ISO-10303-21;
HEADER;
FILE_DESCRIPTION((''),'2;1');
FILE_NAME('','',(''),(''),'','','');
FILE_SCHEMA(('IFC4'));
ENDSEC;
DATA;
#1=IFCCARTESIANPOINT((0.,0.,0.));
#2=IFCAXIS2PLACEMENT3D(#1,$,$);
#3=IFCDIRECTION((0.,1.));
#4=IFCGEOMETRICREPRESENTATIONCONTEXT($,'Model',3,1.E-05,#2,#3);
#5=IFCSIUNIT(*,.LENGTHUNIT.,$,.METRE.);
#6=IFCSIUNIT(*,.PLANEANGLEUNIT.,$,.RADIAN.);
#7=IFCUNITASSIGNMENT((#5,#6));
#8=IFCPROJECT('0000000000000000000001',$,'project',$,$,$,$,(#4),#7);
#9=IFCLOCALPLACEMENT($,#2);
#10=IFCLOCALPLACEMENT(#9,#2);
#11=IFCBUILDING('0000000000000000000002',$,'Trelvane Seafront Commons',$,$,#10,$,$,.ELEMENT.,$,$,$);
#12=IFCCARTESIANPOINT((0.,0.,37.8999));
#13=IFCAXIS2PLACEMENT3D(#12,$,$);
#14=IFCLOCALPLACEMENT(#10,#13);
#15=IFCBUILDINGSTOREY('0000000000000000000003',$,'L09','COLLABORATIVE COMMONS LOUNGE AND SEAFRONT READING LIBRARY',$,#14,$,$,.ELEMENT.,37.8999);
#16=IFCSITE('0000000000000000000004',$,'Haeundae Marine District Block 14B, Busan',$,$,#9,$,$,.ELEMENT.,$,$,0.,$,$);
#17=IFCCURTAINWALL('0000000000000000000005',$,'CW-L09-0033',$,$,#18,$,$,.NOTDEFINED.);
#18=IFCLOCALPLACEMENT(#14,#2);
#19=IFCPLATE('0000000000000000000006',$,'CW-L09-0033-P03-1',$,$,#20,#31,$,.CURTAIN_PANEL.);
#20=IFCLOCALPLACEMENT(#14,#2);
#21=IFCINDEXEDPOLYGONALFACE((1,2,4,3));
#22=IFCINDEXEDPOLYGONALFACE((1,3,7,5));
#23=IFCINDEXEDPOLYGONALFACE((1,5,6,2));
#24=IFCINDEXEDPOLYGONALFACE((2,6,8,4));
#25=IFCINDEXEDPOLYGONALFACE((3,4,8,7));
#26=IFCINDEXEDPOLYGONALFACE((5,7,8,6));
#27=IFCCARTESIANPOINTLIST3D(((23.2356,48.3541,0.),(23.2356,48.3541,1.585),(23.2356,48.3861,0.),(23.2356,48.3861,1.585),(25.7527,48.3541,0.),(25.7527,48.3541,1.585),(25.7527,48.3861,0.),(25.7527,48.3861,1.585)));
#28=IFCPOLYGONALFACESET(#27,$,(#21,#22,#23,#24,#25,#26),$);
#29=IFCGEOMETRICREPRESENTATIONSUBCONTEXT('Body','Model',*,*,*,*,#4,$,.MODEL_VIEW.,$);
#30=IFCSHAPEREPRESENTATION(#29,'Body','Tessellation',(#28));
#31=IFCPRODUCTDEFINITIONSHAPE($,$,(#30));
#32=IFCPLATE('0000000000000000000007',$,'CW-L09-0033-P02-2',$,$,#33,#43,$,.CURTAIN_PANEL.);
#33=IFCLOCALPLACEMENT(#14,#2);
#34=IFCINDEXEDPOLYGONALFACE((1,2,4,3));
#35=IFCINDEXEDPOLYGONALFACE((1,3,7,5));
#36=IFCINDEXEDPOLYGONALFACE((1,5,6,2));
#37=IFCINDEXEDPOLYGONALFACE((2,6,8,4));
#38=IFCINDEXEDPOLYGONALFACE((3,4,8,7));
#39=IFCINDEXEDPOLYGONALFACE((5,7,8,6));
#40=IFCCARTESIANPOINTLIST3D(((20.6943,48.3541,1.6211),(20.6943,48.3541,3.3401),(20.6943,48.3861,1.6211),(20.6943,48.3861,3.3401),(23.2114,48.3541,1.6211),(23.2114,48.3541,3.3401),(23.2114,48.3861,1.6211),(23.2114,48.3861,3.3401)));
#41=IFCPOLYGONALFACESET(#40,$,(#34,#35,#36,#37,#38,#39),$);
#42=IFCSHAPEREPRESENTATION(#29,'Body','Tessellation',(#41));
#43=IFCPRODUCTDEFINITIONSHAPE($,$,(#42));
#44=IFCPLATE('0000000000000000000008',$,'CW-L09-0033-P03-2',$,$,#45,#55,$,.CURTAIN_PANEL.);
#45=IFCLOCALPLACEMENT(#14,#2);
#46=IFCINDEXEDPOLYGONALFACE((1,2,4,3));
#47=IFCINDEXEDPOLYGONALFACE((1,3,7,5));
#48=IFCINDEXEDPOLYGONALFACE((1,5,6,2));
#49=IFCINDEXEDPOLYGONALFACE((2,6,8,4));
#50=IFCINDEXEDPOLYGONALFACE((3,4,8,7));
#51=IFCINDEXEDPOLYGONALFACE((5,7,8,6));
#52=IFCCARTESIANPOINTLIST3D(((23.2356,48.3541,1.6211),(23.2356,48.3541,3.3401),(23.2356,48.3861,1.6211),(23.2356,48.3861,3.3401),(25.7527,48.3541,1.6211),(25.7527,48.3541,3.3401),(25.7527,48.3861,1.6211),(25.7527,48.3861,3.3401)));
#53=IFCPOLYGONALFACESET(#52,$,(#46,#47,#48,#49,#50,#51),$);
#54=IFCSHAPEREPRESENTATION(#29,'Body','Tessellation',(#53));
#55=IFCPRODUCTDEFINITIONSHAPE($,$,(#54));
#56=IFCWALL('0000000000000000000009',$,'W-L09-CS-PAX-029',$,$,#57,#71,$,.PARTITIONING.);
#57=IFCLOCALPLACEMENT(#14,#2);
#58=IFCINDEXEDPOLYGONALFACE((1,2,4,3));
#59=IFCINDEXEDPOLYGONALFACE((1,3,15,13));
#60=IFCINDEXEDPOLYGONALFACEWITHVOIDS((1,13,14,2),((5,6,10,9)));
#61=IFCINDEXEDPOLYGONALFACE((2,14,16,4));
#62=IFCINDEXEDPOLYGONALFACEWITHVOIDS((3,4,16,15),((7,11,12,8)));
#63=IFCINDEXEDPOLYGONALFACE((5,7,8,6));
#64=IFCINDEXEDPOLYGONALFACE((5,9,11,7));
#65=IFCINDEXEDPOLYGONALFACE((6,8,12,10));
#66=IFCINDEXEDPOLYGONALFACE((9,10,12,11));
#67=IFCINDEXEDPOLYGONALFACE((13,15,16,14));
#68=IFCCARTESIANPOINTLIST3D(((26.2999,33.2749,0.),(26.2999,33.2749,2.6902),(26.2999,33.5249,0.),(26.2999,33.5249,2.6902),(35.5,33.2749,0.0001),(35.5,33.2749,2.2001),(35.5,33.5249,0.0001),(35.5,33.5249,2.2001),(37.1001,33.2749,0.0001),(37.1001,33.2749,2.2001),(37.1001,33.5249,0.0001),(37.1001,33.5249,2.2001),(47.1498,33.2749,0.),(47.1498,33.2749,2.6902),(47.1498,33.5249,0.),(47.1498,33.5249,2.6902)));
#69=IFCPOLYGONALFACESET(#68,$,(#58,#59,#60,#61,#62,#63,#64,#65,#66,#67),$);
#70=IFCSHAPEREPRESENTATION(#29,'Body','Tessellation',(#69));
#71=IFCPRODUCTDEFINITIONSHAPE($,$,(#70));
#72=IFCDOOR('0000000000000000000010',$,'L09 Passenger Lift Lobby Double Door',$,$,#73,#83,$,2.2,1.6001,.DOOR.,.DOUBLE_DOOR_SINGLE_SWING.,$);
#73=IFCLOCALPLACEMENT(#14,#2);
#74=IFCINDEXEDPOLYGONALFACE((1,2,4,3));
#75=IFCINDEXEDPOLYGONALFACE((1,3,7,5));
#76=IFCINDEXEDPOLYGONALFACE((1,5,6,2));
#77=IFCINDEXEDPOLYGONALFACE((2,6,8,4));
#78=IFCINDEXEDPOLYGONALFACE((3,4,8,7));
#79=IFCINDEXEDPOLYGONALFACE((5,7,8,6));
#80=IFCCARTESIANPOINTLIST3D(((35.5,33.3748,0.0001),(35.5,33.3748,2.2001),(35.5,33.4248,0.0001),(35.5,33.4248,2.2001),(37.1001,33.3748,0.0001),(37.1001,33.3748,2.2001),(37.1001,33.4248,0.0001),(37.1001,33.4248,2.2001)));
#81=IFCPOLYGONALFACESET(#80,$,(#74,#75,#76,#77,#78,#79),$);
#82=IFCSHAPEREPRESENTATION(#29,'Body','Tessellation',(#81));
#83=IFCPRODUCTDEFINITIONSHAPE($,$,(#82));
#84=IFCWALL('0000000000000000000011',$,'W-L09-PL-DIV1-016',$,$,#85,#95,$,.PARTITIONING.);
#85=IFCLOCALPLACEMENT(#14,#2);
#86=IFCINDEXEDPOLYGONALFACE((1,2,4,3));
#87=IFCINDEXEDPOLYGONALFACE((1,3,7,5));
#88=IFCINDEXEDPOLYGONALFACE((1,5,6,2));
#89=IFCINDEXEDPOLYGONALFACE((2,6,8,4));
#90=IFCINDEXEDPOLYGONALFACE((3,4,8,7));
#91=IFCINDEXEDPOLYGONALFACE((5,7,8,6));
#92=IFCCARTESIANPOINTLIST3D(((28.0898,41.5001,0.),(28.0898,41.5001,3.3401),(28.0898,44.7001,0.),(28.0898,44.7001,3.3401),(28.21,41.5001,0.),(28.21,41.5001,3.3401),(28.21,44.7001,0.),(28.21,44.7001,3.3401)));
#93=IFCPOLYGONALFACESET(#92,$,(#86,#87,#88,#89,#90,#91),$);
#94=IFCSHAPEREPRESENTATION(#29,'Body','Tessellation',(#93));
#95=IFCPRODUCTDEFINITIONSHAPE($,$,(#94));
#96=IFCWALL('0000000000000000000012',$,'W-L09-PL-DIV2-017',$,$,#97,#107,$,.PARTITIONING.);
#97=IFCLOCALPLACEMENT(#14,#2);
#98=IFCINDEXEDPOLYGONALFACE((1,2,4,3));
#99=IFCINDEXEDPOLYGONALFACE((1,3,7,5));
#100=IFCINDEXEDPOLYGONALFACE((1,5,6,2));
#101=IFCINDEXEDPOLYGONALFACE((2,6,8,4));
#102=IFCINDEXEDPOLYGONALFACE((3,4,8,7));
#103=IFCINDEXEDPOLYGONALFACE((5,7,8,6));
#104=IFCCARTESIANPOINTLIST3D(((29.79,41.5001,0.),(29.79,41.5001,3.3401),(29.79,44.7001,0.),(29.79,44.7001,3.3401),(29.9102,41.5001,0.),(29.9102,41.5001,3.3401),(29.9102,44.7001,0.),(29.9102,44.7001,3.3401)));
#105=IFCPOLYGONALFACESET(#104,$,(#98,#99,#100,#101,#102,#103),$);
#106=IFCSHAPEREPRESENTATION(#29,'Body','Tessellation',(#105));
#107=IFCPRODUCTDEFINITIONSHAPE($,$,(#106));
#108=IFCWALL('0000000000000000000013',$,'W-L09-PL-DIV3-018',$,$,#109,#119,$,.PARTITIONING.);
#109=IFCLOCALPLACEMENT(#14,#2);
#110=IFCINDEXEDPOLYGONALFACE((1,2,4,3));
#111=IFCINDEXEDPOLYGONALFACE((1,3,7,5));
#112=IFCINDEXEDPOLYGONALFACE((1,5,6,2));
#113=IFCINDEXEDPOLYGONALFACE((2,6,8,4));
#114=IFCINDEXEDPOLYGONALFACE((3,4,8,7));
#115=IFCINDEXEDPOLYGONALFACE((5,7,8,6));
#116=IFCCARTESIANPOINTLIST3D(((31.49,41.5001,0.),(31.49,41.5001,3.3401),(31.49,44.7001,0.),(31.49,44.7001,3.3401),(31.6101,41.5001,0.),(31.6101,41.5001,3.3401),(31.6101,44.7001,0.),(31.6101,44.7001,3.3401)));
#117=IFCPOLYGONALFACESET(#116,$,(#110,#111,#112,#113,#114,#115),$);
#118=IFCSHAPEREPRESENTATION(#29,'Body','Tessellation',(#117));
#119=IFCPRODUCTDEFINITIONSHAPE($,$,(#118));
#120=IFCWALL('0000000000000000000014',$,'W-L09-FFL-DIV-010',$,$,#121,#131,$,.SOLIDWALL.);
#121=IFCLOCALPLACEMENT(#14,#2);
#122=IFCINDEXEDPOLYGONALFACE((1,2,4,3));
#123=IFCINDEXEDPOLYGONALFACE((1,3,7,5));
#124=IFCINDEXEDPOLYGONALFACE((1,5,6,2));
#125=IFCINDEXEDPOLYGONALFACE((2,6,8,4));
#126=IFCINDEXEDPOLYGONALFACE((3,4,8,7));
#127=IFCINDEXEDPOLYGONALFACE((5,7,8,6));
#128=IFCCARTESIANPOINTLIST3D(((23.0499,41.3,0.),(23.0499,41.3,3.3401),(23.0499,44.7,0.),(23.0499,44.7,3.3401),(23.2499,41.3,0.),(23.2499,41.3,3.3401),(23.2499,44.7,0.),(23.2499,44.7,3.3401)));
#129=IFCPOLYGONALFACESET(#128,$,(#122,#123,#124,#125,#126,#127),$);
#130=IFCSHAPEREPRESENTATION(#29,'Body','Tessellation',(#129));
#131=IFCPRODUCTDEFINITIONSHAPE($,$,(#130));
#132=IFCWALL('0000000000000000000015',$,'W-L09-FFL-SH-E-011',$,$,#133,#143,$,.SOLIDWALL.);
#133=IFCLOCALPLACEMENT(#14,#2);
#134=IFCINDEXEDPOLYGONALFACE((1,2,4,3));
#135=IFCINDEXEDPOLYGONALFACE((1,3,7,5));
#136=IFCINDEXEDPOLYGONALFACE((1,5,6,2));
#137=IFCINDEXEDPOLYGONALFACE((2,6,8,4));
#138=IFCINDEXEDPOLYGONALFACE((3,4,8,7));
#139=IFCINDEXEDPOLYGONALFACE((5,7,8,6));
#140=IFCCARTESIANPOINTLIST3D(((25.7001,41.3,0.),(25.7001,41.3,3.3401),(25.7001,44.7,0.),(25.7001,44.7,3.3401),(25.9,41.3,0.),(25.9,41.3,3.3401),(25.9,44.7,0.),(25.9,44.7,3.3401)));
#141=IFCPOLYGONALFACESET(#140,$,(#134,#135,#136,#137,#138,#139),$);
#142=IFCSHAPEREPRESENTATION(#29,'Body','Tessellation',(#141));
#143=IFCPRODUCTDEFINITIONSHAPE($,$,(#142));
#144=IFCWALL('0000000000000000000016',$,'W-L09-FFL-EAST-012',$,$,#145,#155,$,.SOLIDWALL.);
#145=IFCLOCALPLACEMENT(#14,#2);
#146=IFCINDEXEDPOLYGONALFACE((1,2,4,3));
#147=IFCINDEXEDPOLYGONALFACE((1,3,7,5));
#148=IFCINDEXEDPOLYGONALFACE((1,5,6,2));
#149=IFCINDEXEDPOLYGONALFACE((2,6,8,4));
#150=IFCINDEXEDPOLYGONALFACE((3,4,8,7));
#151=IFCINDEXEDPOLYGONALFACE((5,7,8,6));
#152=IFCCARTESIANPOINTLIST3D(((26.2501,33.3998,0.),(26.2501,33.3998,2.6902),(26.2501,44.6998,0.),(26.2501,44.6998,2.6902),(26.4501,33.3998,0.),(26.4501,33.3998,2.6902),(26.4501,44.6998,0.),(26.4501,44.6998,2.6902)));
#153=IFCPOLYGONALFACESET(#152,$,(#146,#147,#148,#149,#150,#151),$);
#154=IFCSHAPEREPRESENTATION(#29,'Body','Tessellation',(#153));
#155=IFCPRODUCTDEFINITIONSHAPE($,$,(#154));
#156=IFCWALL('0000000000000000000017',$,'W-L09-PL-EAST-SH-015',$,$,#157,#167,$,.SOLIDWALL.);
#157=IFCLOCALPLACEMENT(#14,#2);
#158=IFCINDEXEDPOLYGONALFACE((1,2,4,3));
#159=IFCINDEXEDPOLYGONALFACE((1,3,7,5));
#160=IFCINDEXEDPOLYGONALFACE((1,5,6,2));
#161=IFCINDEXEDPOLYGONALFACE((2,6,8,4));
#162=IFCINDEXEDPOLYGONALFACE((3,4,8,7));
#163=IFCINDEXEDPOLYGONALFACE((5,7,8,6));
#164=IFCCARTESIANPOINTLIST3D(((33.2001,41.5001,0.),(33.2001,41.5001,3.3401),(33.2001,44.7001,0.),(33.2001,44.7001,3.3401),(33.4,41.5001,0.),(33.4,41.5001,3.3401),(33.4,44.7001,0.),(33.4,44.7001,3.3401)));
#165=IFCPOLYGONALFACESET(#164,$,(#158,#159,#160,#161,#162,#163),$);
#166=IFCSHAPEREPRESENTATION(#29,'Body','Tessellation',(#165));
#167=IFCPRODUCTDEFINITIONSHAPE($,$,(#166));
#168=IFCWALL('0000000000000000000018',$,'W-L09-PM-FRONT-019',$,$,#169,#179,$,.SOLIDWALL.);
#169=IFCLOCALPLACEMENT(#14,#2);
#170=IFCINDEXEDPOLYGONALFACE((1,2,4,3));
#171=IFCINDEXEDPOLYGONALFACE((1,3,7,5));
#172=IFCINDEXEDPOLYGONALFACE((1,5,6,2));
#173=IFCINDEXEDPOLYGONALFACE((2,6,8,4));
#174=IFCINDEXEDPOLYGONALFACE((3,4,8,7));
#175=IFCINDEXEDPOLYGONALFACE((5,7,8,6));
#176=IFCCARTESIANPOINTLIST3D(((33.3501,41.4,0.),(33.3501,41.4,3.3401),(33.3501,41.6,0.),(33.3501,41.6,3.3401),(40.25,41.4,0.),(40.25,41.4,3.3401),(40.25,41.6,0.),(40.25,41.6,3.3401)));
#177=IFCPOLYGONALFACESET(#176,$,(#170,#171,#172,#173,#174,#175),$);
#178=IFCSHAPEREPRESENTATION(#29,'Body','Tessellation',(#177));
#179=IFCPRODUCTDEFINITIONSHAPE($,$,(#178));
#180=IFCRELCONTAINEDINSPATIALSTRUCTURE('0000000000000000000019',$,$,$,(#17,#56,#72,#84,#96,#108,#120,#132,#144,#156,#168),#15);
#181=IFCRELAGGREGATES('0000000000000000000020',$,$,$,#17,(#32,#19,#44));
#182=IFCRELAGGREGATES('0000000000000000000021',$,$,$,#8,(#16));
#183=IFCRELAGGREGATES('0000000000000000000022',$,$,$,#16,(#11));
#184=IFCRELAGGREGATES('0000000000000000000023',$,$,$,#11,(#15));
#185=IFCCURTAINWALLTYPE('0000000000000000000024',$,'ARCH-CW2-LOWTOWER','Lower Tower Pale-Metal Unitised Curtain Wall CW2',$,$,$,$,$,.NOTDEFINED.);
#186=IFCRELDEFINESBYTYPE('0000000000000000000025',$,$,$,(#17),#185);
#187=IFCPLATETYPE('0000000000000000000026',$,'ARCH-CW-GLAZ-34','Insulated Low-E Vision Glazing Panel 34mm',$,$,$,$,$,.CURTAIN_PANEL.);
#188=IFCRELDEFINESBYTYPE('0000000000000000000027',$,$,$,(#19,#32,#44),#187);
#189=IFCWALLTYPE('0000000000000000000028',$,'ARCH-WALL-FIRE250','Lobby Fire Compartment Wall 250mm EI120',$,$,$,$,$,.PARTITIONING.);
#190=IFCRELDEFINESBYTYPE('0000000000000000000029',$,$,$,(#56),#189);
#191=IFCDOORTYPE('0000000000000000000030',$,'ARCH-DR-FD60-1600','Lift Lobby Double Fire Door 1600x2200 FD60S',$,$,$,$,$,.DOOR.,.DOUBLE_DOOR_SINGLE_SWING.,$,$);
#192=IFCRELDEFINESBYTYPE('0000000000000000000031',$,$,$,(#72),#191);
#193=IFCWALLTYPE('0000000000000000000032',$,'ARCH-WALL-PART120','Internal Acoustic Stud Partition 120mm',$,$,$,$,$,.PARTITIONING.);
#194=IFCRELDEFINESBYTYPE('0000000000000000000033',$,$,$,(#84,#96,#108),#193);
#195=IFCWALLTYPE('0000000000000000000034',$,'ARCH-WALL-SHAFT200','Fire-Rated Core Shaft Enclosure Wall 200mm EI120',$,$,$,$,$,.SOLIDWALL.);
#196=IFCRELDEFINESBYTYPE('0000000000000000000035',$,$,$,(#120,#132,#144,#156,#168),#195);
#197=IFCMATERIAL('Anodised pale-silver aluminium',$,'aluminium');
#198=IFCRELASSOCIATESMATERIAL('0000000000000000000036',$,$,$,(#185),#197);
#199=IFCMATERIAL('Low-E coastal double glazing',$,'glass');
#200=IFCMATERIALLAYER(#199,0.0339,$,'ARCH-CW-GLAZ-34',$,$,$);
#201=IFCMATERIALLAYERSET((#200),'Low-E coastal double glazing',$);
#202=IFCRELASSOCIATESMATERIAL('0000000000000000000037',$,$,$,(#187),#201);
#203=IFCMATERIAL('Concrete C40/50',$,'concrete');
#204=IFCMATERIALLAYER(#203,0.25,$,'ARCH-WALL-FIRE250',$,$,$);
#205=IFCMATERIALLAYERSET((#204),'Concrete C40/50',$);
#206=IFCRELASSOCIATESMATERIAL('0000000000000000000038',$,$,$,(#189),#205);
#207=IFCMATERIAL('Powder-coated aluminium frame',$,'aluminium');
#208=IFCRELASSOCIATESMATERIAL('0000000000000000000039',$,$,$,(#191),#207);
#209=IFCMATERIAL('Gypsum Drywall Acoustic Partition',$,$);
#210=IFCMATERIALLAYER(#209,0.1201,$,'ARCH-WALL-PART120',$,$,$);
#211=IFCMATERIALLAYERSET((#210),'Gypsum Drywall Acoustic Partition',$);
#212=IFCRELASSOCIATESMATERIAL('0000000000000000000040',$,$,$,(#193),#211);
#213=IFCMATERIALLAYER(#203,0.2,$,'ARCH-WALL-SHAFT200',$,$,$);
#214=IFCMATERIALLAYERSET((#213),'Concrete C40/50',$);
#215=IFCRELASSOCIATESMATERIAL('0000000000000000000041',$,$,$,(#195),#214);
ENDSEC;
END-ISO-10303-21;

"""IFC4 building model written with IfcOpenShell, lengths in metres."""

from ifc_helpers import new_model, si_unit, direction, frame, frame_2d, origin, origin_2d, place, context, subcontext, project, spatial, rectangle, extrude, source, transform, mapped, material, layer, layer_set, type_object, element, fill, aggregate, save


model = new_model("IFC4")

# Units and contexts
model_context = context("Model", 3, precision=1e-05, world=origin(), true_north=direction((0.0, 1.0)))
body_context = subcontext(model_context, "Body", "Model", "MODEL_VIEW")
ifc_project = project(units=[si_unit("LENGTHUNIT", "METRE"), si_unit("PLANEANGLEUNIT", "RADIAN")], contexts=[model_context])

# Site, building, storey
site_placement = place(None, origin())
site = spatial("IfcSite", under=ifc_project, at=site_placement, Name="Haeundae Marine District Block 14B, Busan", CompositionType="ELEMENT", RefElevation=0.0)
building_placement = place(site_placement, origin())
building = spatial("IfcBuilding", under=site, at=building_placement, Name="Trelvane Seafront Commons", CompositionType="ELEMENT")
storey_placement = place(building_placement, frame((0.0, 0.0, 37.8999)))
storey = spatial("IfcBuildingStorey", under=building, at=storey_placement, Name="L09", Description="COLLABORATIVE COMMONS LOUNGE AND SEAFRONT READING LIBRARY", CompositionType="ELEMENT", Elevation=37.8999)

# Curtain wall, plates
ifc_material_1 = material(Name="Anodised pale-silver aluminium", Category="aluminium")
curtain_wall_type = type_object("IfcCurtainWallType", Name="ARCH-CW2-LOWTOWER", Description="Lower Tower Pale-Metal Unitised Curtain Wall CW2", PredefinedType="NOTDEFINED", material=ifc_material_1)
curtain_wall_placement = place(storey_placement, origin())
curtain_wall = element("IfcCurtainWall", 1, at=curtain_wall_placement, inside=storey, type_object=curtain_wall_type, Name="CW-L09-0033", PredefinedType="NOTDEFINED")
ifc_material_2 = material(Name="Low-E coastal double glazing", Category="glass")
ifc_layer_1 = layer(ifc_material_2, 0.0339, Name="ARCH-CW-GLAZ-34")
ifc_layer_set_1 = layer_set([ifc_layer_1], Name="Low-E coastal double glazing")
plate_type = type_object("IfcPlateType", Name="ARCH-CW-GLAZ-34", Description="Insulated Low-E Vision Glazing Panel 34mm", PredefinedType="CURTAIN_PANEL", material=ifc_layer_set_1)
shared_shape_1 = source(origin(), body_context, "Body", "SweptSolid", [
    extrude(rectangle(XDim=2.5171, YDim=0.032, at=origin_2d()), origin(), (0.0, 0.0, 1.0), 1.585),
])
plate_1_placement = place(storey_placement, frame((24.4941, 48.3701, 0.0), z_axis=(0.0, 0.0, 1.0), x_axis=(1.0, 0.0, 0.0)))
plate_1 = element("IfcPlate", 2, at=plate_1_placement, type_object=plate_type, Name="CW-L09-0033-P03-1", PredefinedType="CURTAIN_PANEL", context=body_context, shape_type="MappedRepresentation", body=[
    mapped(shared_shape_1, transform((0.0, 0.0, 0.0), x_axis=(1.0, 0.0, 0.0), y_axis=(0.0, 1.0, 0.0), z_axis=(0.0, 0.0, 1.0), scale=1.0)),
])
shared_shape_2 = source(origin(), body_context, "Body", "SweptSolid", [
    extrude(rectangle(XDim=2.5171, YDim=0.032, at=origin_2d()), origin(), (0.0, 0.0, 1.0), 1.719),
])
plate_2_placement = place(storey_placement, frame((21.9529, 48.3701, 1.6211), z_axis=(0.0, 0.0, 1.0), x_axis=(1.0, 0.0, 0.0)))
plate_2 = element("IfcPlate", 3, at=plate_2_placement, type_object=plate_type, Name="CW-L09-0033-P02-2", PredefinedType="CURTAIN_PANEL", context=body_context, shape_type="MappedRepresentation", body=[
    mapped(shared_shape_2, transform((0.0, 0.0, 0.0), x_axis=(1.0, 0.0, 0.0), y_axis=(0.0, 1.0, 0.0), z_axis=(0.0, 0.0, 1.0), scale=1.0)),
])
plate_3_placement = place(storey_placement, frame((24.4941, 48.3701, 1.6211), z_axis=(0.0, 0.0, 1.0), x_axis=(1.0, 0.0, 0.0)))
plate_3 = element("IfcPlate", 4, at=plate_3_placement, type_object=plate_type, Name="CW-L09-0033-P03-2", PredefinedType="CURTAIN_PANEL", context=body_context, shape_type="MappedRepresentation", body=[
    mapped(shared_shape_2, transform((0.0, 0.0, 0.0), x_axis=(1.0, 0.0, 0.0), y_axis=(0.0, 1.0, 0.0), z_axis=(0.0, 0.0, 1.0), scale=1.0)),
])
aggregate(curtain_wall, [plate_2, plate_1, plate_3])

# Wall, opening, door
ifc_material_3 = material(Name="Concrete C40/50", Category="concrete")
ifc_layer_2 = layer(ifc_material_3, 0.25, Name="ARCH-WALL-FIRE250")
ifc_layer_set_2 = layer_set([ifc_layer_2], Name="Concrete C40/50")
wall_type_1 = type_object("IfcWallType", Name="ARCH-WALL-FIRE250", Description="Lobby Fire Compartment Wall 250mm EI120", PredefinedType="PARTITIONING", material=ifc_layer_set_2)
wall_1_placement = place(storey_placement, frame((26.3, 33.3999, 0.0), z_axis=(0.0, 0.0, 1.0), x_axis=(1.0, 0.0, 0.0)))
wall_1 = element("IfcWall", 5, at=wall_1_placement, inside=storey, type_object=wall_type_1, Name="W-L09-CS-PAX-029", PredefinedType="PARTITIONING", context=body_context, shape_type="SweptSolid", body=[
    extrude(rectangle(XDim=20.8499, YDim=0.25, at=frame_2d((10.4248, 0.0))), origin(), (0.0, 0.0, 1.0), 2.6902),
])
opening_1_placement = place(wall_1_placement, frame((9.2, 0.0, 0.0)))
opening_1 = element("IfcOpeningElement", 6, at=opening_1_placement, cuts=wall_1, PredefinedType="OPENING", context=body_context, shape_type="SweptSolid", body=[
    extrude(rectangle(XDim=1.6001, YDim=2.2, at=frame_2d((0.8, 1.1001))), frame((0.0, 0.135, 0.0), z_axis=(0.0, -1.0, 0.0), x_axis=(1.0, 0.0, 0.0)), (0.0, 0.0, 1.0), 0.27),
])
ifc_material_4 = material(Name="Powder-coated aluminium frame", Category="aluminium")
door_type_1 = type_object("IfcDoorType", Name="ARCH-DR-FD60-1600", Description="Lift Lobby Double Fire Door 1600x2200 FD60S", OperationType="DOUBLE_DOOR_SINGLE_SWING", PredefinedType="DOOR", material=ifc_material_4)
shared_shape_3 = source(origin(), body_context, "Body", "SweptSolid", [
    extrude(rectangle(XDim=1.6001, YDim=2.2, at=frame_2d((0.8, 1.1001))), frame((0.0, 0.0249, 0.0), z_axis=(0.0, -1.0, 0.0), x_axis=(1.0, 0.0, 0.0)), (0.0, 0.0, 1.0), 0.05),
])
door_1_placement = place(opening_1_placement, origin())
door_1 = element("IfcDoor", 7, at=door_1_placement, inside=storey, type_object=door_type_1, Name="L09 Passenger Lift Lobby Double Door", OperationType="DOUBLE_DOOR_SINGLE_SWING", OverallHeight=2.2, OverallWidth=1.6001, PredefinedType="DOOR", context=body_context, shape_type="MappedRepresentation", body=[
    mapped(shared_shape_3, transform((0.0, 0.0, 0.0), x_axis=(1.0, 0.0, 0.0), y_axis=(0.0, 1.0, 0.0), z_axis=(0.0, 0.0, 1.0), scale=1.0)),
])
fill(opening_1, door_1)

# Walls
ifc_material_5 = material(Name="Gypsum Drywall Acoustic Partition")
ifc_layer_3 = layer(ifc_material_5, 0.1201, Name="ARCH-WALL-PART120")
ifc_layer_set_3 = layer_set([ifc_layer_3], Name="Gypsum Drywall Acoustic Partition")
wall_type_2 = type_object("IfcWallType", Name="ARCH-WALL-PART120", Description="Internal Acoustic Stud Partition 120mm", PredefinedType="PARTITIONING", material=ifc_layer_set_3)
for number, where, z_axis, x_axis, name in (
    (8, (28.1499, 41.5, 0.0), (0.0, 0.0, 1.0), (0.0, 1.0, 0.0), "W-L09-PL-DIV1-016"),
    (9, (29.8501, 41.5, 0.0), (0.0, 0.0, 1.0), (0.0, 1.0, 0.0), "W-L09-PL-DIV2-017"),
    (10, (31.55, 41.5, 0.0), (0.0, 0.0, 1.0), (0.0, 1.0, 0.0), "W-L09-PL-DIV3-018"),
):
    element("IfcWall", number, at=place(storey_placement, frame(where, z_axis=z_axis, x_axis=x_axis)), inside=storey, type_object=wall_type_2, Name=name, PredefinedType="PARTITIONING", context=body_context, shape_type="SweptSolid", body=[
        extrude(rectangle(XDim=3.2, YDim=0.1201, at=frame_2d((1.6001, 0.0))), origin(), (0.0, 0.0, 1.0), 3.3401),
    ])
ifc_layer_4 = layer(ifc_material_3, 0.2, Name="ARCH-WALL-SHAFT200")
ifc_layer_set_4 = layer_set([ifc_layer_4], Name="Concrete C40/50")
wall_type_3 = type_object("IfcWallType", Name="ARCH-WALL-SHAFT200", Description="Fire-Rated Core Shaft Enclosure Wall 200mm EI120", PredefinedType="SOLIDWALL", material=ifc_layer_set_4)
for number, where, z_axis, x_axis, name in (
    (11, (23.1499, 41.3, 0.0), (0.0, 0.0, 1.0), (0.0, 1.0, 0.0), "W-L09-FFL-DIV-010"),
    (12, (25.8, 41.3, 0.0), (0.0, 0.0, 1.0), (0.0, 1.0, 0.0), "W-L09-FFL-SH-E-011"),
):
    element("IfcWall", number, at=place(storey_placement, frame(where, z_axis=z_axis, x_axis=x_axis)), inside=storey, type_object=wall_type_3, Name=name, PredefinedType="SOLIDWALL", context=body_context, shape_type="SweptSolid", body=[
        extrude(rectangle(XDim=3.3999, YDim=0.2, at=frame_2d((1.7, 0.0))), origin(), (0.0, 0.0, 1.0), 3.3401),
    ])
wall_2_placement = place(storey_placement, frame((26.3501, 33.3999, 0.0), z_axis=(0.0, 0.0, 1.0), x_axis=(0.0, 1.0, 0.0)))
element("IfcWall", 13, at=wall_2_placement, inside=storey, type_object=wall_type_3, Name="W-L09-FFL-EAST-012", PredefinedType="SOLIDWALL", context=body_context, shape_type="SweptSolid", body=[
    extrude(rectangle(XDim=11.3, YDim=0.2, at=frame_2d((5.6499, 0.0))), origin(), (0.0, 0.0, 1.0), 2.6902),
])

# Walls
wall_3_placement = place(storey_placement, frame((33.3, 41.5, 0.0), z_axis=(0.0, 0.0, 1.0), x_axis=(0.0, 1.0, 0.0)))
element("IfcWall", 14, at=wall_3_placement, inside=storey, type_object=wall_type_3, Name="W-L09-PL-EAST-SH-015", PredefinedType="SOLIDWALL", context=body_context, shape_type="SweptSolid", body=[
    extrude(rectangle(XDim=3.2, YDim=0.2, at=frame_2d((1.6001, 0.0))), origin(), (0.0, 0.0, 1.0), 3.3401),
])
wall_4_placement = place(storey_placement, frame((33.3501, 41.5, 0.0), z_axis=(0.0, 0.0, 1.0), x_axis=(1.0, 0.0, 0.0)))
element("IfcWall", 15, at=wall_4_placement, inside=storey, type_object=wall_type_3, Name="W-L09-PM-FRONT-019", PredefinedType="SOLIDWALL", context=body_context, shape_type="SweptSolid", body=[
    extrude(rectangle(XDim=6.8999, YDim=0.2, at=frame_2d((3.45, 0.0))), origin(), (0.0, 0.0, 1.0), 3.3401),
])

save(model, "model.ifc")
